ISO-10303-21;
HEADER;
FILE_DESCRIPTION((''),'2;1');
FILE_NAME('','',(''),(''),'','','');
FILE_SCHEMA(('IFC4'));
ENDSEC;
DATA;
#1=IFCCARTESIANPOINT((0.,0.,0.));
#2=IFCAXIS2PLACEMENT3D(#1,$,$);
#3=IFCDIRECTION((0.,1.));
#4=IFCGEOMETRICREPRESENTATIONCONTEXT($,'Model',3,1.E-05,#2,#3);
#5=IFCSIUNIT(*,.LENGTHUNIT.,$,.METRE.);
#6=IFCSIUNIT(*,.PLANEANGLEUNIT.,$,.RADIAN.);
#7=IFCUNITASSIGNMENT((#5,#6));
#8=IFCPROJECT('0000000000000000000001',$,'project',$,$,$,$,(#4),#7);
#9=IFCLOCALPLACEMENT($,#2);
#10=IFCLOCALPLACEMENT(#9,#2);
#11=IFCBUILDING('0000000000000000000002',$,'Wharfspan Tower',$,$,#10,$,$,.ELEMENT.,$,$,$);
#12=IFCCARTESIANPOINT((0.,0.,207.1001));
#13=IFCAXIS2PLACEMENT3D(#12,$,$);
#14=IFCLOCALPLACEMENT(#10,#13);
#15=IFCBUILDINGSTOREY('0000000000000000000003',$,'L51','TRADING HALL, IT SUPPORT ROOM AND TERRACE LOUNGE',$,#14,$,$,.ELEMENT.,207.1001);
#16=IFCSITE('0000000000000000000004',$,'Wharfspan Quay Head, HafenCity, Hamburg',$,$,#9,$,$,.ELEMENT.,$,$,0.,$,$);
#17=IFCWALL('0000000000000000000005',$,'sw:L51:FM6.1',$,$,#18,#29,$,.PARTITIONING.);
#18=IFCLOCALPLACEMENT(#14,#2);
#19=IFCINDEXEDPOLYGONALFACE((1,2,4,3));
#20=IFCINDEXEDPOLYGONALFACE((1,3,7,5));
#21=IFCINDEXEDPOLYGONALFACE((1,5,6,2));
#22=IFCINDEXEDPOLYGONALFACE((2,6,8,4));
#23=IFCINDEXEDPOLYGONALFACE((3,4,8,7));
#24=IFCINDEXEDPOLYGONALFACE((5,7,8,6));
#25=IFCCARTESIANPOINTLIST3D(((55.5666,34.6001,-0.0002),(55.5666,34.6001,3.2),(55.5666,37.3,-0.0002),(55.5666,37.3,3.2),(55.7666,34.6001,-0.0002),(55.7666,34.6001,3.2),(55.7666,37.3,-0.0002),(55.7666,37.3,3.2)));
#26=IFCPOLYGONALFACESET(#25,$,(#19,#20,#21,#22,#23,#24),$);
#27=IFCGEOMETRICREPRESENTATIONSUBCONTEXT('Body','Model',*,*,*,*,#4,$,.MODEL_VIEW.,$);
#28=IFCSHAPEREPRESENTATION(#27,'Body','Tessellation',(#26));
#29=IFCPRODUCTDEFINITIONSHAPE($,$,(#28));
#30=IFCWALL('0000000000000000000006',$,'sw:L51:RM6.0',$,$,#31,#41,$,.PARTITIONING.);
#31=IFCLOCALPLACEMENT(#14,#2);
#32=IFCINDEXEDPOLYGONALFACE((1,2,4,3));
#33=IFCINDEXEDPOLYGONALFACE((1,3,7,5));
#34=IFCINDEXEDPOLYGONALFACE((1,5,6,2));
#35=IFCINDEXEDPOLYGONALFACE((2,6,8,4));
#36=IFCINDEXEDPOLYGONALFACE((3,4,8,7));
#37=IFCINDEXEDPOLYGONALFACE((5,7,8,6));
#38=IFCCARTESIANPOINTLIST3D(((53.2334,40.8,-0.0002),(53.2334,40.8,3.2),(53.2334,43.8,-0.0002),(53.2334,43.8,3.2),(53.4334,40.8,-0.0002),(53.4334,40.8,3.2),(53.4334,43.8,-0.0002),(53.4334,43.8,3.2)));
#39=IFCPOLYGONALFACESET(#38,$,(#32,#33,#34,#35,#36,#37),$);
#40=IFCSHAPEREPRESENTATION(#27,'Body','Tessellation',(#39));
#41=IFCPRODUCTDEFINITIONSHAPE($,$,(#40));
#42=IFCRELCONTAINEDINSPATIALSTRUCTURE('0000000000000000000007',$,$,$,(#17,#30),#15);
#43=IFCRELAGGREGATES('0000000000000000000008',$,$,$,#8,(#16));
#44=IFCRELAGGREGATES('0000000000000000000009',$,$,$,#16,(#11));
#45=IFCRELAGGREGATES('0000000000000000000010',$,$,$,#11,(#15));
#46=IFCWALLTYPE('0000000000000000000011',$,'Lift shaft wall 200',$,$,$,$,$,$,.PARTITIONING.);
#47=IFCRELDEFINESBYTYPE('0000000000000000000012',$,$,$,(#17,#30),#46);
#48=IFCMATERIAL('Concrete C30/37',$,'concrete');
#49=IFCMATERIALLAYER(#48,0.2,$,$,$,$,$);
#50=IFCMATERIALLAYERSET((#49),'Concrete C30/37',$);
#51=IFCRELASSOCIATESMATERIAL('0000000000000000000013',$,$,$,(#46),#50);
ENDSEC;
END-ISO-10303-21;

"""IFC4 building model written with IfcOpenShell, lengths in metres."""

from ifc_helpers import new_model, si_unit, direction, frame, origin, place, context, subcontext, project, spatial, polyline, outline, extrude, material, layer, layer_set, type_object, element, save


model = new_model("IFC4")

# Units and contexts
model_context = context("Model", 3, precision=1e-05, world=origin(), true_north=direction((0.0, 1.0)))
body_context = subcontext(model_context, "Body", "Model", "MODEL_VIEW")
ifc_project = project(units=[si_unit("LENGTHUNIT", "METRE"), si_unit("PLANEANGLEUNIT", "RADIAN")], contexts=[model_context])

# Site, building, storey
site_placement = place(None, origin())
site = spatial("IfcSite", under=ifc_project, at=site_placement, Name="Wharfspan Quay Head, HafenCity, Hamburg", CompositionType="ELEMENT", RefElevation=0.0)
building_placement = place(site_placement, origin())
building = spatial("IfcBuilding", under=site, at=building_placement, Name="Wharfspan Tower", CompositionType="ELEMENT")
storey_placement = place(building_placement, frame((0.0, 0.0, 207.1001)))
storey = spatial("IfcBuildingStorey", under=building, at=storey_placement, Name="L51", Description="TRADING HALL, IT SUPPORT ROOM AND TERRACE LOUNGE", CompositionType="ELEMENT", Elevation=207.1001)

# Walls
ifc_material_1 = material(Name="Concrete C30/37", Category="concrete")
ifc_layer_1 = layer(ifc_material_1, 0.2)
ifc_layer_set_1 = layer_set([ifc_layer_1], Name="Concrete C30/37")
wall_type_1 = type_object("IfcWallType", Name="Lift shaft wall 200", PredefinedType="PARTITIONING", material=ifc_layer_set_1)
wall_1_placement = place(storey_placement, frame((0.0, 0.0, -0.0002)))
element("IfcWall", 1, at=wall_1_placement, inside=storey, type_object=wall_type_1, Name="sw:L51:FM6.1", PredefinedType="PARTITIONING", context=body_context, shape_type="SweptSolid", body=[
    extrude(outline(polyline([(55.5667, 34.6001), (55.5667, 37.3), (55.7666, 37.3), (55.7666, 34.6001), (55.5667, 34.6001)])), origin(), (0.0, 0.0, 1.0), 3.2002),
])
wall_2_placement = place(storey_placement, frame((0.0, 0.0, -0.0002)))
element("IfcWall", 2, at=wall_2_placement, inside=storey, type_object=wall_type_1, Name="sw:L51:RM6.0", PredefinedType="PARTITIONING", context=body_context, shape_type="SweptSolid", body=[
    extrude(outline(polyline([(53.4333, 40.8), (53.4333, 43.8), (53.2334, 43.8), (53.2334, 40.8), (53.4333, 40.8)])), origin(), (0.0, 0.0, 1.0), 3.2002),
])

save(model, "model.ifc")
